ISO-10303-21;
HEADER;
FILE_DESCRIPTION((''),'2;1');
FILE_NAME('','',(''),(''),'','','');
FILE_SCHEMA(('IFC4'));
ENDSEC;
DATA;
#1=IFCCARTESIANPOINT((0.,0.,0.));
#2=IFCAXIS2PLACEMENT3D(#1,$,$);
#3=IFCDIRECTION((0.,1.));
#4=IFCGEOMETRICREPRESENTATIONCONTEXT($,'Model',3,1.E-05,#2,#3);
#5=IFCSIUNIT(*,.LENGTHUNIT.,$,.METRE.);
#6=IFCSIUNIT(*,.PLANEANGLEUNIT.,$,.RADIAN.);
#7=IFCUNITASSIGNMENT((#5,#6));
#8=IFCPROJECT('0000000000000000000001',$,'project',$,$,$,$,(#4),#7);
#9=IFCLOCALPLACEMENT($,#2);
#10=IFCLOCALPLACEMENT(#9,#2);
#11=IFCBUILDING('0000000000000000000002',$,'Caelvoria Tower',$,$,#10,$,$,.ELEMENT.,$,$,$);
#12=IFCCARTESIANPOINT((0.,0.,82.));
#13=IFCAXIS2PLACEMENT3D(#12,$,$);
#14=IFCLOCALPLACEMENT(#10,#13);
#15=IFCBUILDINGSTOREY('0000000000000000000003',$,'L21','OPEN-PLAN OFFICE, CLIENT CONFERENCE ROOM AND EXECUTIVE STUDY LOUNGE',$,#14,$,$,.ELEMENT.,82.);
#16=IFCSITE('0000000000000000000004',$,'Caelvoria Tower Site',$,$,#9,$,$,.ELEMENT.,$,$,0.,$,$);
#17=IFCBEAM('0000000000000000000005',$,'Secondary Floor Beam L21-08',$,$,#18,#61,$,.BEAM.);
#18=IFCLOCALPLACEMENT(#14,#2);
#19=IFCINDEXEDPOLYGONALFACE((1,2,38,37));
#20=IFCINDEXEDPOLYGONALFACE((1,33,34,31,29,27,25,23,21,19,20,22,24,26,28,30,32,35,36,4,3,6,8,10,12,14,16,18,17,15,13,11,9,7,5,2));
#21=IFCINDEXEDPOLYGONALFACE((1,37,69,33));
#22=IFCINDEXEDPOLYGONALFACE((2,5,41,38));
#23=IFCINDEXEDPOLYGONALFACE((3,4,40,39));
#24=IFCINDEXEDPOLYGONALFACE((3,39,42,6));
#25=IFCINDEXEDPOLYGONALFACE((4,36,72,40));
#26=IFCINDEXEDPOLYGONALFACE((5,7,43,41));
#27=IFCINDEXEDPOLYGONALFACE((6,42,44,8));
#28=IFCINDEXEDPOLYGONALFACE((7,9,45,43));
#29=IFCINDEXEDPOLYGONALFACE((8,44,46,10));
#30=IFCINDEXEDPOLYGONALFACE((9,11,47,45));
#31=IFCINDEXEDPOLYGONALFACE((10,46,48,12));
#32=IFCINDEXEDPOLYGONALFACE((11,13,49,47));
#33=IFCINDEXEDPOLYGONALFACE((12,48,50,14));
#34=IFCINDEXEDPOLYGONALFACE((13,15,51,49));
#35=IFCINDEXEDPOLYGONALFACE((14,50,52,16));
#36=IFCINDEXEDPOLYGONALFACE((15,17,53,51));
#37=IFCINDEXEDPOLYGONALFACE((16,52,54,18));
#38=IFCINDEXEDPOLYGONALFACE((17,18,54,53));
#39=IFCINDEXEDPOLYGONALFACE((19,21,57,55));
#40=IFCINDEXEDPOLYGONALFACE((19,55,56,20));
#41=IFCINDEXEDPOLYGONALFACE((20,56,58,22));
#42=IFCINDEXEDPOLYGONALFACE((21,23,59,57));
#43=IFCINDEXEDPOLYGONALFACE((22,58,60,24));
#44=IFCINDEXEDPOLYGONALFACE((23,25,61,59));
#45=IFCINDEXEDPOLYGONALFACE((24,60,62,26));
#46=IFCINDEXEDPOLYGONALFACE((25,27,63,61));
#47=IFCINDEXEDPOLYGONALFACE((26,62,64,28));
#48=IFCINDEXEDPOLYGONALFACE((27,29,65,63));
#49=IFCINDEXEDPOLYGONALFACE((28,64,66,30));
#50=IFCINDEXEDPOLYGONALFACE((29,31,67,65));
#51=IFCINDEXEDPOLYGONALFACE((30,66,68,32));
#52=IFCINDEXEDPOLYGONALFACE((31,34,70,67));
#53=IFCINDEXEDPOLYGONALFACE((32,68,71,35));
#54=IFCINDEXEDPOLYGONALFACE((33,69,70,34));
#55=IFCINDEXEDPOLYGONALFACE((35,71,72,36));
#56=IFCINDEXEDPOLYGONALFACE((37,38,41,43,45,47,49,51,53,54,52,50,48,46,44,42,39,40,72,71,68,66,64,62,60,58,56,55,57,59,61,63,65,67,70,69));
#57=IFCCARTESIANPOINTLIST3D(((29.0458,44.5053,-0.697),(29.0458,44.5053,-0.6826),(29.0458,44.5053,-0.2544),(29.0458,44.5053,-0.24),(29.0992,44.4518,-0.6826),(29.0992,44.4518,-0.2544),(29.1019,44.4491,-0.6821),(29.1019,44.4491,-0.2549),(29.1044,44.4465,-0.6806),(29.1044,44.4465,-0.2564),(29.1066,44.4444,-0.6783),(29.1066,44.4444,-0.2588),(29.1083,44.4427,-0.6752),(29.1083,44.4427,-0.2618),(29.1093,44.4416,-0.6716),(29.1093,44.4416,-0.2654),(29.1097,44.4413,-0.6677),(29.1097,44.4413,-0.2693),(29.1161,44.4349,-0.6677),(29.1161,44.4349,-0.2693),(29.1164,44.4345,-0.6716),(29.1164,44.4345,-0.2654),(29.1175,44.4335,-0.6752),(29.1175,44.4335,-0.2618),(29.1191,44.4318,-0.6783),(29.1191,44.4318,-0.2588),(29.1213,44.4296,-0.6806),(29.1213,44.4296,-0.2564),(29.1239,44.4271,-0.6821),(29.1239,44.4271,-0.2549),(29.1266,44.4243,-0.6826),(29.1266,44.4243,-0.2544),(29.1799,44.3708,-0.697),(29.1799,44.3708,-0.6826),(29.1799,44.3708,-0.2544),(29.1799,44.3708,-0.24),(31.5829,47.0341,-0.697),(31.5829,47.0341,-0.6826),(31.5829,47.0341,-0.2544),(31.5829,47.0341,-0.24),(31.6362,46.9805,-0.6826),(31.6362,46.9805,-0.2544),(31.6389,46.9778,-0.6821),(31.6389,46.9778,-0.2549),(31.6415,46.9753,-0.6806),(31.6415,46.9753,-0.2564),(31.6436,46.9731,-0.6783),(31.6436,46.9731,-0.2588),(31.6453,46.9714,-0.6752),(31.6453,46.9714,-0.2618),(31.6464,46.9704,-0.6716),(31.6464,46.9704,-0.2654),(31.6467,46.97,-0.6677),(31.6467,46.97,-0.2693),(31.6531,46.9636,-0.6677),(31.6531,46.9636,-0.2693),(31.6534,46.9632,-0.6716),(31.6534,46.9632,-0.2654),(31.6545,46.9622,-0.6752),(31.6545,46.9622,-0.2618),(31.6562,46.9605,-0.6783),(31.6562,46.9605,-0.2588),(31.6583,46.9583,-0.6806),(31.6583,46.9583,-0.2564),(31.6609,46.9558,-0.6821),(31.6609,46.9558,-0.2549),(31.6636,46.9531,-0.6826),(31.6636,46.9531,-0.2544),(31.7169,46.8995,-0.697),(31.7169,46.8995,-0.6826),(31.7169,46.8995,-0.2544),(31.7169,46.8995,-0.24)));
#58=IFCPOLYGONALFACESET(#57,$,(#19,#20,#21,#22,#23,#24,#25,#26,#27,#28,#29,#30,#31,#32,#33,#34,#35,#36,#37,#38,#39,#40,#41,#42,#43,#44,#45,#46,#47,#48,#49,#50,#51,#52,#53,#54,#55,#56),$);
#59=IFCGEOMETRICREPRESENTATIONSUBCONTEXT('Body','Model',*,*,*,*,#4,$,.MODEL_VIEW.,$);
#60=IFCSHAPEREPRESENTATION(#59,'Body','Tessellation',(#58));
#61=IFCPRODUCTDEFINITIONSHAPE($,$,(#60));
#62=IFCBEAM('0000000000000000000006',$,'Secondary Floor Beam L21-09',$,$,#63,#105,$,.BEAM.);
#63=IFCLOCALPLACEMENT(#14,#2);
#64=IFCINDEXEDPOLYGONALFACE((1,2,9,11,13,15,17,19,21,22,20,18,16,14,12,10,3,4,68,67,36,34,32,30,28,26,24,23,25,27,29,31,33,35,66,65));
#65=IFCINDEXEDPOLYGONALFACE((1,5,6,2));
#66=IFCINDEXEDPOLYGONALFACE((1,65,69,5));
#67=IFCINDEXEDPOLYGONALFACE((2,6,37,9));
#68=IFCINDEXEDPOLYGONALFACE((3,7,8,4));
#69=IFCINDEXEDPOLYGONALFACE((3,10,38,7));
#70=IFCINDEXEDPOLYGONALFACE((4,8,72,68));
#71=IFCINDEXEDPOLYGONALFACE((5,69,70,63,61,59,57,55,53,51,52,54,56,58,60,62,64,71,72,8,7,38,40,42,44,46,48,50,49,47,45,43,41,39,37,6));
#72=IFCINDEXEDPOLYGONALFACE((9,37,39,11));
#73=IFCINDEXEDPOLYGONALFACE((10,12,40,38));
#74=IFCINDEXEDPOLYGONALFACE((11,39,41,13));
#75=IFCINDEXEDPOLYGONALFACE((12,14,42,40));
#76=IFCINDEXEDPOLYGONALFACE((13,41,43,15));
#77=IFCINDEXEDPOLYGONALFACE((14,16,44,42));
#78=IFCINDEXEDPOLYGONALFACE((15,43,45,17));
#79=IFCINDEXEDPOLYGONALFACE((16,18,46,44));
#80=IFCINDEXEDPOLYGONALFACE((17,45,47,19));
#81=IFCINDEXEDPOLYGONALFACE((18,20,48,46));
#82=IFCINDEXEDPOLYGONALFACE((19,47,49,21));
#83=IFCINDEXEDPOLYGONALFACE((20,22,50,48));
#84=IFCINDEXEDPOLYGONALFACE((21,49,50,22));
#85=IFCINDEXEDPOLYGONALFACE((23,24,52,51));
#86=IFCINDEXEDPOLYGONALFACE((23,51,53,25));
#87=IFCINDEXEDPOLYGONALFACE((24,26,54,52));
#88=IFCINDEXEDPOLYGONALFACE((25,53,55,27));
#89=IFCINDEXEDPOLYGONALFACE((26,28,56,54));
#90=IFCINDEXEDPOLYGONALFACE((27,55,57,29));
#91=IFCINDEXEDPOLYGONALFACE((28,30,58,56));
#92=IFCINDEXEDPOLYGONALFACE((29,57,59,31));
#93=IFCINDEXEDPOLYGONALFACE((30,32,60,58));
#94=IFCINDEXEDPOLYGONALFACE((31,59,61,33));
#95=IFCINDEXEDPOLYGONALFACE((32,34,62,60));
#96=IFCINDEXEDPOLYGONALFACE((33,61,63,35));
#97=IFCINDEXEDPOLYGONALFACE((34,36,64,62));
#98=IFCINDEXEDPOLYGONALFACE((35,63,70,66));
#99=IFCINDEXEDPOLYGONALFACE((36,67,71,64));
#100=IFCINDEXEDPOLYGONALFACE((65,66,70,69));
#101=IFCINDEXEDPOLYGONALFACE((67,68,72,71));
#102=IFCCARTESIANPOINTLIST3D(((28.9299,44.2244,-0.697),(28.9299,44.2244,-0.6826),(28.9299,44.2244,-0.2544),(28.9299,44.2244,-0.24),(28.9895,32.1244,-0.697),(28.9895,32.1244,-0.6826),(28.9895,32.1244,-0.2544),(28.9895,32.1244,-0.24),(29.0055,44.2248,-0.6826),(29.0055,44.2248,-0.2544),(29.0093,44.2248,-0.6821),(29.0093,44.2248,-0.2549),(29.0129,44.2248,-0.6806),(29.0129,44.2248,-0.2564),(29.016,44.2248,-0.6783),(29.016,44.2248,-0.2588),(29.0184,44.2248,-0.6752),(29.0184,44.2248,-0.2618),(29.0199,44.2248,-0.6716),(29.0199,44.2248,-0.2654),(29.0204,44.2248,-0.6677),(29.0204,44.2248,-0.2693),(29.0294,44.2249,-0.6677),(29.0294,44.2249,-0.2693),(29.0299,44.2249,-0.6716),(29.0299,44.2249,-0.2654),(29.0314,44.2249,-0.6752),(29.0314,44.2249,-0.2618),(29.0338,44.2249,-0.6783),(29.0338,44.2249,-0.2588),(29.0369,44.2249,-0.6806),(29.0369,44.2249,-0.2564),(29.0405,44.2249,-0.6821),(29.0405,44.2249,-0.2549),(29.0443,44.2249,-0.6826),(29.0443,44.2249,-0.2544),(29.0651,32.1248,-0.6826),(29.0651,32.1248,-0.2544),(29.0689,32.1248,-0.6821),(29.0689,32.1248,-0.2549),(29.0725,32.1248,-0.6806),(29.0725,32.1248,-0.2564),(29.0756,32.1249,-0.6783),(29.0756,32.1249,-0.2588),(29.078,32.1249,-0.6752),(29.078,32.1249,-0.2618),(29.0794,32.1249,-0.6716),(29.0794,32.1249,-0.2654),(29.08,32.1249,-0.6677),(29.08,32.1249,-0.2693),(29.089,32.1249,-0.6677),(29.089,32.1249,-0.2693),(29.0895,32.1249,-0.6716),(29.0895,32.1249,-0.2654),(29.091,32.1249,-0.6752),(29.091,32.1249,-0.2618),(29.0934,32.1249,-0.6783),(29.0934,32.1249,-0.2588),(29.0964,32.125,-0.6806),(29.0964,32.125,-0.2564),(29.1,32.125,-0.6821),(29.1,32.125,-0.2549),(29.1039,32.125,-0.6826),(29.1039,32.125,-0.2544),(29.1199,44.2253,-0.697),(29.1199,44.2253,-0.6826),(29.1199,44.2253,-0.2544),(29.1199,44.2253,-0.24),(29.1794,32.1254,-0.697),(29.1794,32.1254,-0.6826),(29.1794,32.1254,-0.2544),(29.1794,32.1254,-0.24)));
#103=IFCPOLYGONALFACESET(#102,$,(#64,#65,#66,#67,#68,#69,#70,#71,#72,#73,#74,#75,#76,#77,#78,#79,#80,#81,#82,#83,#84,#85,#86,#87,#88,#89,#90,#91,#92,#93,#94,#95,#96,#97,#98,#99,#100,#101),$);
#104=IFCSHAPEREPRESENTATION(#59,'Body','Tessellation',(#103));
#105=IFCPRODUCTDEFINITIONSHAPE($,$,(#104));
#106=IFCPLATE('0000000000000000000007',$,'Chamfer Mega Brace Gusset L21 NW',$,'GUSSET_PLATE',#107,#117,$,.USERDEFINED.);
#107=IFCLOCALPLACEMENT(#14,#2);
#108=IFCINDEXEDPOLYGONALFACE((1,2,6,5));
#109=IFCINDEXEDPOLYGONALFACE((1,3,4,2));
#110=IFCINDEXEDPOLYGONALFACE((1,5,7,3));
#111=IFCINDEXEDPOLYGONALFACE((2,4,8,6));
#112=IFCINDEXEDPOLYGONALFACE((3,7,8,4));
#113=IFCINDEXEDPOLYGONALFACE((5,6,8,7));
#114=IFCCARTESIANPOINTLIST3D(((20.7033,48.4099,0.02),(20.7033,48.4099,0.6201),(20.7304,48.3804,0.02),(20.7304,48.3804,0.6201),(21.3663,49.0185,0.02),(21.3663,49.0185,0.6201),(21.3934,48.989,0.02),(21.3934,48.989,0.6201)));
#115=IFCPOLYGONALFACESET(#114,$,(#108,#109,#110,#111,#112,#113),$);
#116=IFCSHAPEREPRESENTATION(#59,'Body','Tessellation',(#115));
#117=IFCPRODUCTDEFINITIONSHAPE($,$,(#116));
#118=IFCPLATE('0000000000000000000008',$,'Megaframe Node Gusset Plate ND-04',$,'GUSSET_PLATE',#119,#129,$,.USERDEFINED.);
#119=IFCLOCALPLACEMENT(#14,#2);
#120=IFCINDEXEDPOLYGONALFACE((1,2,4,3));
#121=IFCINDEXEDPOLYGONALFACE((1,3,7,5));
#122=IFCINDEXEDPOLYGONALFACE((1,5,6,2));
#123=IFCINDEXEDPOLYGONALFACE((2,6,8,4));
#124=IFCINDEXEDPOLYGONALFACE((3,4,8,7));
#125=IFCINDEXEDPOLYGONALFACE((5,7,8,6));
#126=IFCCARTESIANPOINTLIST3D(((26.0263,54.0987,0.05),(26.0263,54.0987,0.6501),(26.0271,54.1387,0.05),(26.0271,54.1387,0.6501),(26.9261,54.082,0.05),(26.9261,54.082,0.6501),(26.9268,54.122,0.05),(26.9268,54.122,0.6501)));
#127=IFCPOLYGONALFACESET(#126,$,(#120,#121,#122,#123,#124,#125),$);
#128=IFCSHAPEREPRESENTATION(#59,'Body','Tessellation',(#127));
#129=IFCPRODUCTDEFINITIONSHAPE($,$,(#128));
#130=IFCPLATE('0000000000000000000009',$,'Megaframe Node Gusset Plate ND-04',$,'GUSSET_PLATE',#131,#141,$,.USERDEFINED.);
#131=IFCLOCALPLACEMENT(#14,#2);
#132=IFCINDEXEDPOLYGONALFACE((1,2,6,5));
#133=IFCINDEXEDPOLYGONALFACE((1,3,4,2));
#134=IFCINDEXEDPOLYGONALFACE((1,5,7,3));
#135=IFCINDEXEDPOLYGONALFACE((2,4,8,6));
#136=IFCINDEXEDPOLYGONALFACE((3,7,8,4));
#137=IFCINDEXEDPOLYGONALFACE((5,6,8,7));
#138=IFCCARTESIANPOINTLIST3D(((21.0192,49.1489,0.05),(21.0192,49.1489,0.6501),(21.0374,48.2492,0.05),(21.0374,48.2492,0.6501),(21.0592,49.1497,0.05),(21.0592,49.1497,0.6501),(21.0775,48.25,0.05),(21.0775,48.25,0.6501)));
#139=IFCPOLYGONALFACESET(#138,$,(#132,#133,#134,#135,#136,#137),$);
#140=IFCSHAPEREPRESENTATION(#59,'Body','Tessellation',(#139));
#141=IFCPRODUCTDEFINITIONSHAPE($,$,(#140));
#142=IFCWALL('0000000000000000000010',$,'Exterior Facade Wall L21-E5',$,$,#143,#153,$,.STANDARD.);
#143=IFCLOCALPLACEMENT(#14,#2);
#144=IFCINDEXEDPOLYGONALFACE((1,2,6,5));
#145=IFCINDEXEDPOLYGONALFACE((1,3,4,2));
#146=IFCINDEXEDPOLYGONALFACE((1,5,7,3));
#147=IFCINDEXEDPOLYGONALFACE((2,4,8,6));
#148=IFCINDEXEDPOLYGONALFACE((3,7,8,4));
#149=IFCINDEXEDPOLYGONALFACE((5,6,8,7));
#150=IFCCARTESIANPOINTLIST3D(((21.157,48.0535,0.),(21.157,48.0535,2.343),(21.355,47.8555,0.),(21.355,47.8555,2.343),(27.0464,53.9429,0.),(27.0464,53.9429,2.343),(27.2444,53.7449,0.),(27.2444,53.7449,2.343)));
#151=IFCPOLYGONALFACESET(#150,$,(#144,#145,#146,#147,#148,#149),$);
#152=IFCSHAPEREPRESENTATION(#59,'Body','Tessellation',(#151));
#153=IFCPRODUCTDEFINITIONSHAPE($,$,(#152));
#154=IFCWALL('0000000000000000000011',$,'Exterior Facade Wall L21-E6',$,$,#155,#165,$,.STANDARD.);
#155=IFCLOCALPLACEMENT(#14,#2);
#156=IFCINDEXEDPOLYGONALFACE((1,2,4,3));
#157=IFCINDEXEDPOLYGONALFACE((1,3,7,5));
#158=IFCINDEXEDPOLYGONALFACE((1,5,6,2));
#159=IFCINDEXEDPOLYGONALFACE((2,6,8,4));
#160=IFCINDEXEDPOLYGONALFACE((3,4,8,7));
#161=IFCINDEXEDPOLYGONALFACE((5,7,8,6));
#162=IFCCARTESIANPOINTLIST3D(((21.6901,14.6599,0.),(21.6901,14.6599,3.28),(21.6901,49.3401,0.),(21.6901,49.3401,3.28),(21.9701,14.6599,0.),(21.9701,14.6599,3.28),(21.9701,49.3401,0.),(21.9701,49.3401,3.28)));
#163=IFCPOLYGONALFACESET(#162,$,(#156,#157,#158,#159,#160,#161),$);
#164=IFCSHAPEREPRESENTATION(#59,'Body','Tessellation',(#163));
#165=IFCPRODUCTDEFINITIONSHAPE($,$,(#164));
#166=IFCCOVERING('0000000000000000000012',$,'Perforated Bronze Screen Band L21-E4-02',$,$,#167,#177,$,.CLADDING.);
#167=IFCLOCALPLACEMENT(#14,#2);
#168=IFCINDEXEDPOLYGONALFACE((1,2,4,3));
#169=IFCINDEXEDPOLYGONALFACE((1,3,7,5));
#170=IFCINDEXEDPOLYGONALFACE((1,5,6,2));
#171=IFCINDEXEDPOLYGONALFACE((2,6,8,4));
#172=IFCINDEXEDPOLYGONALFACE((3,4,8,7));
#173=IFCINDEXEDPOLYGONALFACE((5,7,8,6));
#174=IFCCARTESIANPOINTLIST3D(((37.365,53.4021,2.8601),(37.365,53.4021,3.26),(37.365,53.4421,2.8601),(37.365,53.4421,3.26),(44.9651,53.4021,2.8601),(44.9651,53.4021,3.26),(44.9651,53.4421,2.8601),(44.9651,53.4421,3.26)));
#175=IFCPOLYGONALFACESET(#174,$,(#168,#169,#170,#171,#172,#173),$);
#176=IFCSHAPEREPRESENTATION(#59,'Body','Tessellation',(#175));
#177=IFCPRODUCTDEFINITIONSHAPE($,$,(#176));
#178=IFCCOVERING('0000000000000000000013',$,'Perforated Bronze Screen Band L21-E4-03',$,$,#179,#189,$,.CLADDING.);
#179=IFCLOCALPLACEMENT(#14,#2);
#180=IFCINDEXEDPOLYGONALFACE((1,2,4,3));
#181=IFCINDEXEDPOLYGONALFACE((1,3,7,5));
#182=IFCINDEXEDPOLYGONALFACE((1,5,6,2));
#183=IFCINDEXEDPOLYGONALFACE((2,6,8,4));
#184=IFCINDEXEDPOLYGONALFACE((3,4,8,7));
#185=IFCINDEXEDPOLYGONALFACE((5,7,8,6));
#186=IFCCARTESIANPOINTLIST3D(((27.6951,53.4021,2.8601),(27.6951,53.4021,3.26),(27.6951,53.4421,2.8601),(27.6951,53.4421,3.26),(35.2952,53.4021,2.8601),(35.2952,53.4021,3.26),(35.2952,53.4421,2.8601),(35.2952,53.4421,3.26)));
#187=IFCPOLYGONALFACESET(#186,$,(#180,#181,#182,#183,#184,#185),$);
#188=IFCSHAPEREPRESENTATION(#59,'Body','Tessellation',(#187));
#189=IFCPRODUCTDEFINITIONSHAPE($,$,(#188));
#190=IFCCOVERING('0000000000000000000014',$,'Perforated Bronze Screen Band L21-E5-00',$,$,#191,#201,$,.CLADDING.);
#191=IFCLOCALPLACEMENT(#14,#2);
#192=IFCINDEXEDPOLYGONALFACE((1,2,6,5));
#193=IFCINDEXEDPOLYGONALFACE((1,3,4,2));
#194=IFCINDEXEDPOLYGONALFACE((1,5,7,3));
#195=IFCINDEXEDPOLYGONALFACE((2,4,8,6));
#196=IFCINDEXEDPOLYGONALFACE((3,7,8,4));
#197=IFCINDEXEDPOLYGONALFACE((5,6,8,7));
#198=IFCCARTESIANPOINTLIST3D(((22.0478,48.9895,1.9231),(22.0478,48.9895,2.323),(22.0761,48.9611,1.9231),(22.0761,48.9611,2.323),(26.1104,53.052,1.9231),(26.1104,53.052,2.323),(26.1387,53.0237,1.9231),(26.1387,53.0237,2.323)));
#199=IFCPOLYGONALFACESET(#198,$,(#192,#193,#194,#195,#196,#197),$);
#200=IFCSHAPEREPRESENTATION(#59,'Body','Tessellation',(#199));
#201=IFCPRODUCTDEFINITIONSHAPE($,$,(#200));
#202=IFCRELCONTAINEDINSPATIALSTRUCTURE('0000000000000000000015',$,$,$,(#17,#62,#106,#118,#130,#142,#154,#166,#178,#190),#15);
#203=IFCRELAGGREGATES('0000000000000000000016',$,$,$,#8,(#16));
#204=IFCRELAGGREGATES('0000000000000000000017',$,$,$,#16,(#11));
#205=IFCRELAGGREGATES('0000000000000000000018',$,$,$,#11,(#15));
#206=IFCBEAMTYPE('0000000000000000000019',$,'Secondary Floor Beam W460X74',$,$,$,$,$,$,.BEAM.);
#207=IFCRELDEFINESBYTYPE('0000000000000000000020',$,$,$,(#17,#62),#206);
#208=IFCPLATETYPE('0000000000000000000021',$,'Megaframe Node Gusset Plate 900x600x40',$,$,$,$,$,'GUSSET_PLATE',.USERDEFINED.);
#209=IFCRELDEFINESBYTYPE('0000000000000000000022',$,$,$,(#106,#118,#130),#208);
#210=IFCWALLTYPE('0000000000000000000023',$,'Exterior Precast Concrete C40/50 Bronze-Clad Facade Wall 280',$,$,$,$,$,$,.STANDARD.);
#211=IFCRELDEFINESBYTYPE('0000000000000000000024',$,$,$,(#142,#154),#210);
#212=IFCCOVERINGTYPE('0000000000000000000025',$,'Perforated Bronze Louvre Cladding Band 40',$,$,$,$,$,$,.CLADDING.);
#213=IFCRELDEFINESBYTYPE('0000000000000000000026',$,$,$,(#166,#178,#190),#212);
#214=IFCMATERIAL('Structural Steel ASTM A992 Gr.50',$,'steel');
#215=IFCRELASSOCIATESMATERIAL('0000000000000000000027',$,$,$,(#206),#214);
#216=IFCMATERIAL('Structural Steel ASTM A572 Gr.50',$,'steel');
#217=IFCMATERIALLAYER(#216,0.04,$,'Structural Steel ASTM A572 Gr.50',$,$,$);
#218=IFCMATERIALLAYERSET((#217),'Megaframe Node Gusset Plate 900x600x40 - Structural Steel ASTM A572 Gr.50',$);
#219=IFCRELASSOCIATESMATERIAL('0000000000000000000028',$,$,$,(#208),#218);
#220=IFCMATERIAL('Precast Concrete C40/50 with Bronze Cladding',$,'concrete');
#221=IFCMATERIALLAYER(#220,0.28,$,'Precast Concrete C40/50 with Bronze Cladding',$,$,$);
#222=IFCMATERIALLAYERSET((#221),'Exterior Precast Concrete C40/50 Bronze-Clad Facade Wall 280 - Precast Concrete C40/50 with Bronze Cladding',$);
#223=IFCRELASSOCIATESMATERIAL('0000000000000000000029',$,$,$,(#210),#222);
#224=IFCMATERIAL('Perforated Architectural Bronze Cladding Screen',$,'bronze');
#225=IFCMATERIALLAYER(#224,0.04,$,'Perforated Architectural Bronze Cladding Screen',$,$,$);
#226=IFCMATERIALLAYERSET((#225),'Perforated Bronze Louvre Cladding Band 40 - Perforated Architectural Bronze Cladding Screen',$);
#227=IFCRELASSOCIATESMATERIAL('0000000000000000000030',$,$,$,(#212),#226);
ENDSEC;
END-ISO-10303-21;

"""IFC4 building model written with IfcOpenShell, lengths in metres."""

from ifc_helpers import new_model, si_unit, direction, frame, frame_2d, origin, origin_2d, place, context, subcontext, project, spatial, rectangle, i_section, extrude, material, layer, layer_set, material_profile, profile_set, type_object, element, save


model = new_model("IFC4")

# Units and contexts
model_context = context("Model", 3, precision=1e-05, world=origin(), true_north=direction((0.0, 1.0)))
body_context = subcontext(model_context, "Body", "Model", "MODEL_VIEW")
ifc_project = project(units=[si_unit("LENGTHUNIT", "METRE"), si_unit("PLANEANGLEUNIT", "RADIAN")], contexts=[model_context])

# Site, building, storey
site_placement = place(None, origin())
site = spatial("IfcSite", under=ifc_project, at=site_placement, Name="Caelvoria Tower Site", CompositionType="ELEMENT", RefElevation=0.0)
building_placement = place(site_placement, origin())
building = spatial("IfcBuilding", under=site, at=building_placement, Name="Caelvoria Tower", CompositionType="ELEMENT")
storey_placement = place(building_placement, frame((0.0, 0.0, 82.0)))
storey = spatial("IfcBuildingStorey", under=building, at=storey_placement, Name="L21", Description="OPEN-PLAN OFFICE, CLIENT CONFERENCE ROOM AND EXECUTIVE STUDY LOUNGE", CompositionType="ELEMENT", Elevation=82.0)

# Shared definitions
ifc_material_1 = material(Name="Structural Steel ASTM A572 Gr.50", Category="steel")

# Beams
ifc_material_2 = material(Name="Structural Steel ASTM A992 Gr.50", Category="steel")
ifc_material_profile_1 = material_profile(ifc_material_2, i_section(OverallWidth=0.1899, OverallDepth=0.457, WebThickness=0.009, FlangeThickness=0.0144, FilletRadius=0.0149, at=origin_2d()), Name="Structural Steel ASTM A992 Gr.50")
ifc_profile_set_1 = profile_set([ifc_material_profile_1], Name="W460X74 - Structural Steel ASTM A992 Gr.50")
beam_type_1 = type_object("IfcBeamType", Name="Secondary Floor Beam W460X74", PredefinedType="BEAM", material=ifc_profile_set_1)
beam_1_placement = place(storey_placement, frame((31.6499, 46.9668, -0.4685), z_axis=(-0.708264, -0.705947, 0.0), x_axis=(0.705947, -0.708264, 0.0)))
element("IfcBeam", 1, at=beam_1_placement, inside=storey, type_object=beam_type_1, Name="Secondary Floor Beam L21-08", PredefinedType="BEAM", context=body_context, shape_type="SweptSolid", body=[
    extrude(i_section(OverallWidth=0.1899, OverallDepth=0.457, WebThickness=0.009, FlangeThickness=0.0144, FilletRadius=0.0149, at=origin_2d()), origin(), (0.0, 0.0, 1.0), 3.582),
])
beam_2_placement = place(storey_placement, frame((29.0249, 44.2249, -0.4685), z_axis=(0.004923, -0.999988, 0.0), x_axis=(0.999988, 0.004923, 0.0)))
element("IfcBeam", 2, at=beam_2_placement, inside=storey, type_object=beam_type_1, Name="Secondary Floor Beam L21-09", PredefinedType="BEAM", context=body_context, shape_type="SweptSolid", body=[
    extrude(i_section(OverallWidth=0.1899, OverallDepth=0.457, WebThickness=0.009, FlangeThickness=0.0144, FilletRadius=0.0149, at=origin_2d()), origin(), (0.0, 0.0, 1.0), 12.1001),
])

# Plates
ifc_layer_1 = layer(ifc_material_1, 0.04, Name="Structural Steel ASTM A572 Gr.50")
ifc_layer_set_1 = layer_set([ifc_layer_1], Name="Megaframe Node Gusset Plate 900x600x40 - Structural Steel ASTM A572 Gr.50")
plate_type = type_object("IfcPlateType", Name="Megaframe Node Gusset Plate 900x600x40", ElementType="GUSSET_PLATE", PredefinedType="USERDEFINED", material=ifc_layer_set_1)
for number, where, z_axis, x_axis, name in (
    (3, (21.0483, 48.6995, 0.02), (0.0, 0.0, 1.0), (0.736686, 0.676235, 0.0), "Chamfer Mega Brace Gusset L21 NW"),
    (4, (26.4766, 54.1104, 0.05), (0.0, 0.0, 1.0), (0.999827, -0.01862, 0.0), "Megaframe Node Gusset Plate ND-04"),
    (5, (21.0483, 48.6995, 0.05), (0.0, 0.0, 1.0), (0.020253, -0.999795, 0.0), "Megaframe Node Gusset Plate ND-04"),
):
    element("IfcPlate", number, at=place(storey_placement, frame(where, z_axis=z_axis, x_axis=x_axis)), inside=storey, type_object=plate_type, Name=name, ObjectType="GUSSET_PLATE", PredefinedType="USERDEFINED", context=body_context, shape_type="SweptSolid", body=[
        extrude(rectangle(XDim=0.8999, YDim=0.04, at=origin_2d()), origin(), (0.0, 0.0, 1.0), 0.6001),
    ])

# Walls
ifc_material_3 = material(Name="Precast Concrete C40/50 with Bronze Cladding", Category="concrete")
ifc_layer_2 = layer(ifc_material_3, 0.28, Name="Precast Concrete C40/50 with Bronze Cladding")
ifc_layer_set_2 = layer_set([ifc_layer_2], Name="Exterior Precast Concrete C40/50 Bronze-Clad Facade Wall 280 - Precast Concrete C40/50 with Bronze Cladding")
wall_type = type_object("IfcWallType", Name="Exterior Precast Concrete C40/50 Bronze-Clad Facade Wall 280", PredefinedType="STANDARD", material=ifc_layer_set_2)
wall_1_placement = place(storey_placement, frame((27.1455, 53.844, 0.0), z_axis=(0.0, 0.0, 1.0), x_axis=(-0.707107, -0.707107, 0.0)))
element("IfcWall", 6, at=wall_1_placement, inside=storey, type_object=wall_type, Name="Exterior Facade Wall L21-E5", PredefinedType="STANDARD", context=body_context, shape_type="SweptSolid", body=[
    extrude(rectangle(XDim=8.3289, YDim=0.28, at=frame_2d((4.1646, 0.0))), origin(), (0.0, 0.0, 1.0), 2.343),
])
wall_2_placement = place(storey_placement, frame((21.8301, 49.3401, 0.0), z_axis=(0.0, 0.0, 1.0), x_axis=(0.0, -1.0, 0.0)))
element("IfcWall", 7, at=wall_2_placement, inside=storey, type_object=wall_type, Name="Exterior Facade Wall L21-E6", PredefinedType="STANDARD", context=body_context, shape_type="SweptSolid", body=[
    extrude(rectangle(XDim=34.6802, YDim=0.28, at=frame_2d((17.3401, 0.0))), origin(), (0.0, 0.0, 1.0), 3.28),
])

# Coverings
ifc_material_4 = material(Name="Perforated Architectural Bronze Cladding Screen", Category="bronze")
ifc_layer_3 = layer(ifc_material_4, 0.04, Name="Perforated Architectural Bronze Cladding Screen")
ifc_layer_set_3 = layer_set([ifc_layer_3], Name="Perforated Bronze Louvre Cladding Band 40 - Perforated Architectural Bronze Cladding Screen")
covering_type = type_object("IfcCoveringType", Name="Perforated Bronze Louvre Cladding Band 40", PredefinedType="CLADDING", material=ifc_layer_set_3)
for number, where, z_axis, x_axis, name in (
    (8, (41.165, 53.4221, 2.8601), (0.0, 0.0, 1.0), (-1.0, 0.0, 0.0), "Perforated Bronze Screen Band L21-E4-02"),
    (9, (31.4951, 53.4221, 2.8601), (0.0, 0.0, 1.0), (-1.0, 0.0, 0.0), "Perforated Bronze Screen Band L21-E4-03"),
):
    element("IfcCovering", number, at=place(storey_placement, frame(where, z_axis=z_axis, x_axis=x_axis)), inside=storey, type_object=covering_type, Name=name, PredefinedType="CLADDING", context=body_context, shape_type="SweptSolid", body=[
        extrude(rectangle(XDim=7.6001, YDim=0.04, at=origin_2d()), origin(), (0.0, 0.0, 1.0), 0.3999),
    ])
covering_placement = place(storey_placement, frame((24.0933, 51.0066, 1.9231), z_axis=(0.0, 0.0, 1.0), x_axis=(-0.707107, -0.707107, 0.0)))
element("IfcCovering", 10, at=covering_placement, inside=storey, type_object=covering_type, Name="Perforated Bronze Screen Band L21-E5-00", PredefinedType="CLADDING", context=body_context, shape_type="SweptSolid", body=[
    extrude(rectangle(XDim=5.7454, YDim=0.04, at=origin_2d()), origin(), (0.0, 0.0, 1.0), 0.3999),
])

save(model, "model.ifc")
